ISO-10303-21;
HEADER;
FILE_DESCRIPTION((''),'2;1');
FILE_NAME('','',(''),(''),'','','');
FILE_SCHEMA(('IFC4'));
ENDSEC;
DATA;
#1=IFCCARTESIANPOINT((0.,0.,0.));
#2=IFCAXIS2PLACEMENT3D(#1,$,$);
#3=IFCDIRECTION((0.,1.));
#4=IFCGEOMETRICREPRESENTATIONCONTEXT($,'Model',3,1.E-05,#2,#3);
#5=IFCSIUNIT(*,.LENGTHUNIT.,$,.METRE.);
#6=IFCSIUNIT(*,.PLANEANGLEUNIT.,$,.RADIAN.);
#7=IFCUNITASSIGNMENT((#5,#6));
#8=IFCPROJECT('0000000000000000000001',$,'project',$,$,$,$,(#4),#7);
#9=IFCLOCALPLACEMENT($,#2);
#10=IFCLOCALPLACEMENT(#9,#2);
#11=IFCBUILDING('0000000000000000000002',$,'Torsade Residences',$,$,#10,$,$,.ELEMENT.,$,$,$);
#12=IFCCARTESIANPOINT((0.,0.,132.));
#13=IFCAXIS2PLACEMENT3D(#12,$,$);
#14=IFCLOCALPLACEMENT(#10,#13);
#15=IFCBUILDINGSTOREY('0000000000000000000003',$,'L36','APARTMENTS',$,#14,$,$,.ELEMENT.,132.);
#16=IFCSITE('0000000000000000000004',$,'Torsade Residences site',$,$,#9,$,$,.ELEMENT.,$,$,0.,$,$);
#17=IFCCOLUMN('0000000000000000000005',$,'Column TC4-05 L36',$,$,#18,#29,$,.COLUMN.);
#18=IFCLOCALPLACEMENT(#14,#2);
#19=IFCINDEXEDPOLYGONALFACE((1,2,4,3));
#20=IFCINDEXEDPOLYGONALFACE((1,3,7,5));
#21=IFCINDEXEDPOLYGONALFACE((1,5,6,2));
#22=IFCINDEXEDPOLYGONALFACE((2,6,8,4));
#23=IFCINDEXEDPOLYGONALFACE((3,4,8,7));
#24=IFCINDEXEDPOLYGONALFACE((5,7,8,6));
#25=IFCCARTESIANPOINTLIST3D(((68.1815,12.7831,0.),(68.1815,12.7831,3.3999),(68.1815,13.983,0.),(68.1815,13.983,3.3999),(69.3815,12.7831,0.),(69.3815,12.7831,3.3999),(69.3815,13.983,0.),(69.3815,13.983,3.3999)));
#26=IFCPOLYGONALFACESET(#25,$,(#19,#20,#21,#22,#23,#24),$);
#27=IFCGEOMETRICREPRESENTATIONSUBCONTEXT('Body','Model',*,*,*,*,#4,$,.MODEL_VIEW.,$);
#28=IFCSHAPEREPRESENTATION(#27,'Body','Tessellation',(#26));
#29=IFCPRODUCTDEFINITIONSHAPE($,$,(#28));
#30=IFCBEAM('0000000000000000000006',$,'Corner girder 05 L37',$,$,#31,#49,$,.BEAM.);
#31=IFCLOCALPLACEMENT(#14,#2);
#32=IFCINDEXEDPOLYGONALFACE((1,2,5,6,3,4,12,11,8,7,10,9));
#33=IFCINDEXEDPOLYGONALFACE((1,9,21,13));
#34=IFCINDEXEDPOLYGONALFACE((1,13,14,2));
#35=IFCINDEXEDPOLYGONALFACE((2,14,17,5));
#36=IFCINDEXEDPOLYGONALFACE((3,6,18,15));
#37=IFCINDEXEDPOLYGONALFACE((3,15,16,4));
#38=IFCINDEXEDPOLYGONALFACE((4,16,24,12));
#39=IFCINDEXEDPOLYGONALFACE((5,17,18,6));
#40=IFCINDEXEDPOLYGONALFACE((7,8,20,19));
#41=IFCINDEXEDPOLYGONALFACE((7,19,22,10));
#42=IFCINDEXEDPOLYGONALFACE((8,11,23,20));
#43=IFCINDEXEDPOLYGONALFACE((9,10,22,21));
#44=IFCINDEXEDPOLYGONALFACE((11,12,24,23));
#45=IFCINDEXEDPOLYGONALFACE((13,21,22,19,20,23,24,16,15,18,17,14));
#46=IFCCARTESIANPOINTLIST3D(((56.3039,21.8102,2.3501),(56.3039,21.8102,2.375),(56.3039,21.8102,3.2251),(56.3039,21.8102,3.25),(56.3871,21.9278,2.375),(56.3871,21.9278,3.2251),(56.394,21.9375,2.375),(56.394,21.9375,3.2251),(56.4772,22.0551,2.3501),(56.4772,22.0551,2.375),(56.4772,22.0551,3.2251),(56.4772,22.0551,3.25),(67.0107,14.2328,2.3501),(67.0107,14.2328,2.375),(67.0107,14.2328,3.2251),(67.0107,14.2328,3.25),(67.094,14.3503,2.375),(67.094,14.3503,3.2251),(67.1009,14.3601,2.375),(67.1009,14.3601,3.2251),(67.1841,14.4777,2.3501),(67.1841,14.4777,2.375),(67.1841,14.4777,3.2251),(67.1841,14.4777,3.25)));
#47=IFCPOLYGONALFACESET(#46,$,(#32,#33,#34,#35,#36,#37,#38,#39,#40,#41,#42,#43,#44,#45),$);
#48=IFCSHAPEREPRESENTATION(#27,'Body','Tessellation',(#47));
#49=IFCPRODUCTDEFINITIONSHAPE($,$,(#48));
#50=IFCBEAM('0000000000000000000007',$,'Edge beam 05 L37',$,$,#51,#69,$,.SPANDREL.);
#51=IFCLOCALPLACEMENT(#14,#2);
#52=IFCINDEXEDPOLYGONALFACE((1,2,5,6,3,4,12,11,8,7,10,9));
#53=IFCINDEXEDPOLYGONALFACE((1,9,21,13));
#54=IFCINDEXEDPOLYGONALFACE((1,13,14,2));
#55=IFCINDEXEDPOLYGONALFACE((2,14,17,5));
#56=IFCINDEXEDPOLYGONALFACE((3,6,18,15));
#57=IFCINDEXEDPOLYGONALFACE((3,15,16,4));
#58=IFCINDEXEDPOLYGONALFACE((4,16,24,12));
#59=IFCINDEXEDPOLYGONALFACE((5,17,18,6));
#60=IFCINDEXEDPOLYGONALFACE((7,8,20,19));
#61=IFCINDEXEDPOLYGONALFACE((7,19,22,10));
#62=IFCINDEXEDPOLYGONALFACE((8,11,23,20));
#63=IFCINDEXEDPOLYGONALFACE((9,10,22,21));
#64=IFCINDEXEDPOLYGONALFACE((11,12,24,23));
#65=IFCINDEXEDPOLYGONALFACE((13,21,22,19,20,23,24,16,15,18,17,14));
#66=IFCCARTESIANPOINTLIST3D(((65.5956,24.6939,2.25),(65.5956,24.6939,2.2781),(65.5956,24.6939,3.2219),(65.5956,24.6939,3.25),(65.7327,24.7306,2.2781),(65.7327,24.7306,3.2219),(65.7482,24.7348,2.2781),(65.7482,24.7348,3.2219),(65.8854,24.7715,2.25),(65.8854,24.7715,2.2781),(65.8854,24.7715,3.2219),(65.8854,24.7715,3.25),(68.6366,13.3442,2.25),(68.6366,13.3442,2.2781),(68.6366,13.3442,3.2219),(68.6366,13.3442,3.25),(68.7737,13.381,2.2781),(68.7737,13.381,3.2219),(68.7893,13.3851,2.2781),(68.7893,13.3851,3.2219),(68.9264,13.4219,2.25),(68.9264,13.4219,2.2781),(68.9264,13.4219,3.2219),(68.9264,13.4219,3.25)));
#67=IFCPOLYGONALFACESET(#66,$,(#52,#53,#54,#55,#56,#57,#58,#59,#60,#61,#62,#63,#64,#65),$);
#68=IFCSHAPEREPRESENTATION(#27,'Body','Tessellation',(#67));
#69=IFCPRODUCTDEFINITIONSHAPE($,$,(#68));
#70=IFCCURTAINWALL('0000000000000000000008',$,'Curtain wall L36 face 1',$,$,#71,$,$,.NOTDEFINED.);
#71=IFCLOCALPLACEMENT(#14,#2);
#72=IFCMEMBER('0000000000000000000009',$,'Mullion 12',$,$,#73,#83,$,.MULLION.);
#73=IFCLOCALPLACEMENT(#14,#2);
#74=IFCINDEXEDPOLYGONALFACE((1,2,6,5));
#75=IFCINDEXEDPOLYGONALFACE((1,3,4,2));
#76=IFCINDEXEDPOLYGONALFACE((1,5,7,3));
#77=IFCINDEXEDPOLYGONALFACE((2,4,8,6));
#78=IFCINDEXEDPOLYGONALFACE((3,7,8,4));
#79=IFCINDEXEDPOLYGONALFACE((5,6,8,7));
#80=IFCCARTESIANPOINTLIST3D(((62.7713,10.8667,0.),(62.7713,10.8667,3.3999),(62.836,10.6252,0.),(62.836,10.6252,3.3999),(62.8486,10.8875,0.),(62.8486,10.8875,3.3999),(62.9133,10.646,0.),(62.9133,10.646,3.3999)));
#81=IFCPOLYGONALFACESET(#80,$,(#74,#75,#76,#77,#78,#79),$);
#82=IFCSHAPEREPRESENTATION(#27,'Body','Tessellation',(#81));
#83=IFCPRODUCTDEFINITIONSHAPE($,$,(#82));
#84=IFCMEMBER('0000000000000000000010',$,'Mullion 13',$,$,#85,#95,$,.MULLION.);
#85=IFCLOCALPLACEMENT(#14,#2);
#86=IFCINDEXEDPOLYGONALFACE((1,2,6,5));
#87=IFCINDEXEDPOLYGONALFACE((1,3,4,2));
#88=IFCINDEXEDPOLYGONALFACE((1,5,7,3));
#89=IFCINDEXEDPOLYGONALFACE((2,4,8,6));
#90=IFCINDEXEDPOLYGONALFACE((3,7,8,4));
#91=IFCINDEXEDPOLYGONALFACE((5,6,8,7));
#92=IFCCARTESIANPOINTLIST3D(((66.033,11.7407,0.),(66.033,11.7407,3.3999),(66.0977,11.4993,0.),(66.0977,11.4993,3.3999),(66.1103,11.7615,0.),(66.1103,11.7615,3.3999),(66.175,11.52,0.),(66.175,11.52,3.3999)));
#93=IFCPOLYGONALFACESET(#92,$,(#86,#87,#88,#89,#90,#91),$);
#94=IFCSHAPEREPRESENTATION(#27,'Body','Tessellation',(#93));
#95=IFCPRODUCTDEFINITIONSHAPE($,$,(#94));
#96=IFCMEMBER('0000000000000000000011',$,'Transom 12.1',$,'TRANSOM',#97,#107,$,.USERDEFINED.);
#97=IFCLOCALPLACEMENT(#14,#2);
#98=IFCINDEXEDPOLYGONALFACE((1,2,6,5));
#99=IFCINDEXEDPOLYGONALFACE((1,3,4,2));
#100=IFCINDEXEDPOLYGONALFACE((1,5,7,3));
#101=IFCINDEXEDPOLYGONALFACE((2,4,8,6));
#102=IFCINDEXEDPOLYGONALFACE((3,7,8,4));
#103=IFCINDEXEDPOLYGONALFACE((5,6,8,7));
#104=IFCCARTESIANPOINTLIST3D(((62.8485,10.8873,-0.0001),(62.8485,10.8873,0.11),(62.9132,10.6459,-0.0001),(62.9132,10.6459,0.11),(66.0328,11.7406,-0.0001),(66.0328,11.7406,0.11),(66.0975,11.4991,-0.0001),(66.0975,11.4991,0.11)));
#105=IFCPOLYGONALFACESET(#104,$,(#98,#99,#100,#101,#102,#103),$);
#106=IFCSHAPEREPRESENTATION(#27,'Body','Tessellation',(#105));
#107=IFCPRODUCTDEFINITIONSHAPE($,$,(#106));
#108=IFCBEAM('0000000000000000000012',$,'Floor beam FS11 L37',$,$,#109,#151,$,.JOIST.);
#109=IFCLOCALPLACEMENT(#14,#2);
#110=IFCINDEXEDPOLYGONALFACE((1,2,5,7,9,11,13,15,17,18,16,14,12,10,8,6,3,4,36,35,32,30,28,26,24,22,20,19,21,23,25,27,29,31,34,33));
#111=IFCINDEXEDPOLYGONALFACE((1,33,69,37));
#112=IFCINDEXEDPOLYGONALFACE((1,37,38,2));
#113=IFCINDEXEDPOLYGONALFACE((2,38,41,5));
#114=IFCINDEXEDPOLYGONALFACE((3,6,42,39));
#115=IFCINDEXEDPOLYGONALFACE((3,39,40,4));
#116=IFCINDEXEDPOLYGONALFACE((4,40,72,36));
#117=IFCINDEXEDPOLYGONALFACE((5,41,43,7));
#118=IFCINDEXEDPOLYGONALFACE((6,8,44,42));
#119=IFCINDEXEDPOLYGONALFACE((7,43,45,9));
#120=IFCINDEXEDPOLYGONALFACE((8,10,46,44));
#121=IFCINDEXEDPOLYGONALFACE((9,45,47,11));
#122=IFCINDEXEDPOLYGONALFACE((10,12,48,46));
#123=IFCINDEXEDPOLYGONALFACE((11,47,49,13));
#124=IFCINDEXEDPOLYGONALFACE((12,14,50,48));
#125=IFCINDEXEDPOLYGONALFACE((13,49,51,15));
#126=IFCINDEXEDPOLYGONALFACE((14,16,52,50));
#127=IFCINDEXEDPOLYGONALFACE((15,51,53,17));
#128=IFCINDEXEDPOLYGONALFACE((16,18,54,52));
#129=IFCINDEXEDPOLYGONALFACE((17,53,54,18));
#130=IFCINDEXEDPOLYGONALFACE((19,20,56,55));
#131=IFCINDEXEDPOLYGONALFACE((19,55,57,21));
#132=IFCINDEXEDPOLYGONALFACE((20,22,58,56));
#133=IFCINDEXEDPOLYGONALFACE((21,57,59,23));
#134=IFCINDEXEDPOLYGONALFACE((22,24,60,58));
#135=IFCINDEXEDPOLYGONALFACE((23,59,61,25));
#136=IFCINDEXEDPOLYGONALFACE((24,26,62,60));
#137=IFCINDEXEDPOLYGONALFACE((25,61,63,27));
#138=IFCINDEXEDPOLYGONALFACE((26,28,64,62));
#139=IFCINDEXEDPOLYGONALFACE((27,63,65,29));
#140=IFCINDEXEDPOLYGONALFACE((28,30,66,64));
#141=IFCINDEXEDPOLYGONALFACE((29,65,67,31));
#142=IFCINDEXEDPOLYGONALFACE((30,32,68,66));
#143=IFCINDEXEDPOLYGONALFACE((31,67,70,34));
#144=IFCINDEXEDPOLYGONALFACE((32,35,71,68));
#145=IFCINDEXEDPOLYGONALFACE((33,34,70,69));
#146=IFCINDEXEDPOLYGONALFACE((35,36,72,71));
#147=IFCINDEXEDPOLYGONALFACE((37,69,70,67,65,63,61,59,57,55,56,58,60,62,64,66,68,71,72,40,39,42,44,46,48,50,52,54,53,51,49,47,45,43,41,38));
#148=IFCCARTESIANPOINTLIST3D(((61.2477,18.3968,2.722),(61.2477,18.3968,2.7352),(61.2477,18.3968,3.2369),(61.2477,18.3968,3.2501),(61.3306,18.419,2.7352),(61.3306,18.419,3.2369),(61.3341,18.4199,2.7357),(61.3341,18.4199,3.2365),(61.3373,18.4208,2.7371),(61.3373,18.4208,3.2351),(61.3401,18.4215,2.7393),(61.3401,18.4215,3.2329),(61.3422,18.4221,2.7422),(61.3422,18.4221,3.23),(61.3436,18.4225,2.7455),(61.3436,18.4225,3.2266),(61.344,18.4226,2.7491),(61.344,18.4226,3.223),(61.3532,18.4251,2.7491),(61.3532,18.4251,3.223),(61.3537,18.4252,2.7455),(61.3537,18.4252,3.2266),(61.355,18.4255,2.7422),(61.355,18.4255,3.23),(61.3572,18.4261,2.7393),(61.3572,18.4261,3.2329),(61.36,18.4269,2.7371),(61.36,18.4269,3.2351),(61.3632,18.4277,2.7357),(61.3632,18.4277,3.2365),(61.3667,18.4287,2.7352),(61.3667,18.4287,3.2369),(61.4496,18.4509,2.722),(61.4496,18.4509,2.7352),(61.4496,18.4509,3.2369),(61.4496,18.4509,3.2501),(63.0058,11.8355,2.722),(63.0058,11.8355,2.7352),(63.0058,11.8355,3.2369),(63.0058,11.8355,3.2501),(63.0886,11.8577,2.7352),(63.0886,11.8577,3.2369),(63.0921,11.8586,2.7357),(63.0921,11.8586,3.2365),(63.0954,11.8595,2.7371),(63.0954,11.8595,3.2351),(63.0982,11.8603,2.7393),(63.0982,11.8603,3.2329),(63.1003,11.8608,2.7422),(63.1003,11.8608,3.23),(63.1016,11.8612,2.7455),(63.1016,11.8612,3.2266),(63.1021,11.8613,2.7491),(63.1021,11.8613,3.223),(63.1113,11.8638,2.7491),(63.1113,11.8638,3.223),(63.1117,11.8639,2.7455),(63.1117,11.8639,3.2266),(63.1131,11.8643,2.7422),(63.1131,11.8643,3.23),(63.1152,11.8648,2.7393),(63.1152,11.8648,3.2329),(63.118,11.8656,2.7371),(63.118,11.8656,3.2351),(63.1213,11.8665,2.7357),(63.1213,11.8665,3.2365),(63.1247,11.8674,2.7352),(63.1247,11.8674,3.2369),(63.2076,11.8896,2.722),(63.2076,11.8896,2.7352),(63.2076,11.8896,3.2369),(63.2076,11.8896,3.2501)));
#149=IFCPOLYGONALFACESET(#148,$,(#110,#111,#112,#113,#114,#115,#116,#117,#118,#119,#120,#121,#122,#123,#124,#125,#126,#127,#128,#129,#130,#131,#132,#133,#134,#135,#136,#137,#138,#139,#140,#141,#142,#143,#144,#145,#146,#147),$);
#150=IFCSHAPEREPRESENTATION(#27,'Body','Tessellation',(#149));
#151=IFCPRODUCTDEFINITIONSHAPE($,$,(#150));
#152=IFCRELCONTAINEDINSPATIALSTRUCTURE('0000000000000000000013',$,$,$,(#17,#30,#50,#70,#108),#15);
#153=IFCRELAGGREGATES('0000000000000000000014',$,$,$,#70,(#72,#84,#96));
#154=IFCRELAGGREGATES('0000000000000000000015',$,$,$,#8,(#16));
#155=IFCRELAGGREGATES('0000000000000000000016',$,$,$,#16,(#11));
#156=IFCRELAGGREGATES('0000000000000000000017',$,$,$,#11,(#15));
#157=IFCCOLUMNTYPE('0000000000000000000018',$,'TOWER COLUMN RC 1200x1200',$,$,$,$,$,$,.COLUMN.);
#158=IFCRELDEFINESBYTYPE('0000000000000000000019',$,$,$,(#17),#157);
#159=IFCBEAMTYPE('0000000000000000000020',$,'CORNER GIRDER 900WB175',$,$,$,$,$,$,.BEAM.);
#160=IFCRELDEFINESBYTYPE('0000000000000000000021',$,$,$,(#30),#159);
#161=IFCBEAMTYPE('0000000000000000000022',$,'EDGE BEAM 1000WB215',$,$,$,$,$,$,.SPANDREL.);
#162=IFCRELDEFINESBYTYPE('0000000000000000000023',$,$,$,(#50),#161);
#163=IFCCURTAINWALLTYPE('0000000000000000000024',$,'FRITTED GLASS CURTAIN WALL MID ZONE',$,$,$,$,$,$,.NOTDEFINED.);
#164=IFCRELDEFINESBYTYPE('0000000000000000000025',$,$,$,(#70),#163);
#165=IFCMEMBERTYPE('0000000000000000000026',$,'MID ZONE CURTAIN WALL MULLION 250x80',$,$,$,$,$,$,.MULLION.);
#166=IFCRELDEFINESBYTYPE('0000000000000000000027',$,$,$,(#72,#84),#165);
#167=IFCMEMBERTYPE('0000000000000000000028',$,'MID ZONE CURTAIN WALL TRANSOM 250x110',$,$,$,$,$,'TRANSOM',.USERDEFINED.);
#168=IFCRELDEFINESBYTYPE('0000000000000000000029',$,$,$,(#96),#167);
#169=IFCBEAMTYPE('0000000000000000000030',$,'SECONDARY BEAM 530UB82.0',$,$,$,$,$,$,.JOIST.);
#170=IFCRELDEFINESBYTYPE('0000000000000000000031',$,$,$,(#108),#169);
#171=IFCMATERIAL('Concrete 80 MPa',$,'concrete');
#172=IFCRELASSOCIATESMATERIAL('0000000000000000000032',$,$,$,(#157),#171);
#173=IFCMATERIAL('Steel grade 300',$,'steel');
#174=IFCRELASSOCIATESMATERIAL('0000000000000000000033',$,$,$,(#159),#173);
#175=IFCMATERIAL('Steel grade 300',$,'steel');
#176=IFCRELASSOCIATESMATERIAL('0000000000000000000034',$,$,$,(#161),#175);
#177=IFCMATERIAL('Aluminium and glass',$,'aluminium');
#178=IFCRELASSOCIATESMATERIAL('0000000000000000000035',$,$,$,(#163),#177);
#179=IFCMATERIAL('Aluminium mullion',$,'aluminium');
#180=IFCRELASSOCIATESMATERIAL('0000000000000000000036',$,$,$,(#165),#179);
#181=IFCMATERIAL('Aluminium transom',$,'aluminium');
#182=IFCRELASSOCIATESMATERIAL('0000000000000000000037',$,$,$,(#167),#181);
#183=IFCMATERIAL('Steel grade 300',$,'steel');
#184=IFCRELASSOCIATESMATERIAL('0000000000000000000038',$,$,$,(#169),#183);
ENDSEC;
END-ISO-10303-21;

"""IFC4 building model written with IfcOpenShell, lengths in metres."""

from ifc_helpers import new_model, si_unit, direction, frame, origin, origin_2d, place, context, subcontext, project, spatial, rectangle, i_section, extrude, material, material_profile, profile_set, type_object, element, aggregate, save


model = new_model("IFC4")

# Units and contexts
model_context = context("Model", 3, precision=1e-05, world=origin(), true_north=direction((0.0, 1.0)))
body_context = subcontext(model_context, "Body", "Model", "MODEL_VIEW")
ifc_project = project(units=[si_unit("LENGTHUNIT", "METRE"), si_unit("PLANEANGLEUNIT", "RADIAN")], contexts=[model_context])

# Site, building, storey
site_placement = place(None, origin())
site = spatial("IfcSite", under=ifc_project, at=site_placement, Name="Torsade Residences site", CompositionType="ELEMENT", RefElevation=0.0)
building_placement = place(site_placement, origin())
building = spatial("IfcBuilding", under=site, at=building_placement, Name="Torsade Residences", CompositionType="ELEMENT")
storey_placement = place(building_placement, frame((0.0, 0.0, 132.0)))
storey = spatial("IfcBuildingStorey", under=building, at=storey_placement, Name="L36", Description="APARTMENTS", CompositionType="ELEMENT", Elevation=132.0)

# Column
ifc_material_1 = material(Name="Concrete 80 MPa", Category="concrete")
ifc_material_profile_1 = material_profile(ifc_material_1, rectangle(XDim=1.2, YDim=1.2, at=origin_2d()), Name="RC 1200x1200")
ifc_profile_set_1 = profile_set([ifc_material_profile_1], Name="Concrete 80 MPa")
column_type = type_object("IfcColumnType", Name="TOWER COLUMN RC 1200x1200", PredefinedType="COLUMN", material=ifc_profile_set_1)
column_placement = place(storey_placement, frame((68.7815, 13.3831, 0.0), z_axis=(0.0, 0.0, 1.0), x_axis=(1.0, 0.0, 0.0)))
element("IfcColumn", 1, at=column_placement, inside=storey, type_object=column_type, Name="Column TC4-05 L36", PredefinedType="COLUMN", context=body_context, shape_type="SweptSolid", body=[
    extrude(rectangle(XDim=1.2, YDim=1.2, at=origin_2d()), origin(), (0.0, 0.0, 1.0), 3.3999),
])

# Beams
ifc_material_2 = material(Name="Steel grade 300", Category="steel")
ifc_material_profile_2 = material_profile(ifc_material_2, i_section(OverallWidth=0.3, OverallDepth=0.8999, WebThickness=0.012, FlangeThickness=0.0249, at=origin_2d()), Name="900WB175")
ifc_profile_set_2 = profile_set([ifc_material_profile_2], Name="Steel grade 300")
beam_type_1 = type_object("IfcBeamType", Name="CORNER GIRDER 900WB175", PredefinedType="BEAM", material=ifc_profile_set_2)
beam_1_placement = place(storey_placement, frame((67.0974, 14.3552, 2.8), z_axis=(-0.816261, 0.577683, 0.0), x_axis=(-0.577683, -0.816261, 0.0)))
element("IfcBeam", 2, at=beam_1_placement, inside=storey, type_object=beam_type_1, Name="Corner girder 05 L37", PredefinedType="BEAM", context=body_context, shape_type="SweptSolid", body=[
    extrude(i_section(OverallWidth=0.3, OverallDepth=0.8999, WebThickness=0.012, FlangeThickness=0.0249, at=origin_2d()), origin(), (0.0, 0.0, 1.0), 13.1169),
])
ifc_material_3 = material(Name="Steel grade 300", Category="steel")
ifc_material_profile_3 = material_profile(ifc_material_3, i_section(OverallWidth=0.3, OverallDepth=1.0, WebThickness=0.0161, FlangeThickness=0.0281, at=origin_2d()), Name="1000WB215")
ifc_profile_set_3 = profile_set([ifc_material_profile_3], Name="Steel grade 300")
beam_type_2 = type_object("IfcBeamType", Name="EDGE BEAM 1000WB215", PredefinedType="SPANDREL", material=ifc_profile_set_3)
beam_2_placement = place(storey_placement, frame((68.7815, 13.3831, 2.75), z_axis=(-0.258811, 0.965928, 0.0), x_axis=(-0.965928, -0.258811, 0.0)))
element("IfcBeam", 3, at=beam_2_placement, inside=storey, type_object=beam_type_2, Name="Edge beam 05 L37", PredefinedType="SPANDREL", context=body_context, shape_type="SweptSolid", body=[
    extrude(i_section(OverallWidth=0.3, OverallDepth=1.0, WebThickness=0.0161, FlangeThickness=0.0281, at=origin_2d()), origin(), (0.0, 0.0, 1.0), 11.75),
])

# Curtain wall, members
ifc_material_4 = material(Name="Aluminium and glass", Category="aluminium")
curtain_wall_type = type_object("IfcCurtainWallType", Name="FRITTED GLASS CURTAIN WALL MID ZONE", PredefinedType="NOTDEFINED", material=ifc_material_4)
curtain_wall_placement = place(storey_placement, origin())
curtain_wall = element("IfcCurtainWall", 4, at=curtain_wall_placement, inside=storey, type_object=curtain_wall_type, Name="Curtain wall L36 face 1", PredefinedType="NOTDEFINED")
ifc_material_5 = material(Name="Aluminium mullion", Category="aluminium")
ifc_material_profile_4 = material_profile(ifc_material_5, rectangle(XDim=0.25, YDim=0.0801, at=origin_2d()), Name="MID ZONE CURTAIN WALL MULLION 250x80")
ifc_profile_set_4 = profile_set([ifc_material_profile_4], Name="Aluminium mullion")
member_type_1 = type_object("IfcMemberType", Name="MID ZONE CURTAIN WALL MULLION 250x80", PredefinedType="MULLION", material=ifc_profile_set_4)
member_1_placement = place(storey_placement, frame((62.8423, 10.7563, 0.0), z_axis=(0.0, 0.0, 1.0), x_axis=(-0.258819, 0.965926, 0.0)))
member_1 = element("IfcMember", 5, at=member_1_placement, type_object=member_type_1, Name="Mullion 12", PredefinedType="MULLION", context=body_context, shape_type="SweptSolid", body=[
    extrude(rectangle(XDim=0.25, YDim=0.0801, at=origin_2d()), origin(), (0.0, 0.0, 1.0), 3.3999),
])
member_2_placement = place(storey_placement, frame((66.104, 11.6304, 0.0), z_axis=(0.0, 0.0, 1.0), x_axis=(-0.258819, 0.965926, 0.0)))
member_2 = element("IfcMember", 6, at=member_2_placement, type_object=member_type_1, Name="Mullion 13", PredefinedType="MULLION", context=body_context, shape_type="SweptSolid", body=[
    extrude(rectangle(XDim=0.25, YDim=0.0801, at=origin_2d()), origin(), (0.0, 0.0, 1.0), 3.3999),
])
ifc_material_6 = material(Name="Aluminium transom", Category="aluminium")
ifc_material_profile_5 = material_profile(ifc_material_6, rectangle(XDim=0.25, YDim=0.1101, at=origin_2d()), Name="MID ZONE CURTAIN WALL TRANSOM 250x110")
ifc_profile_set_5 = profile_set([ifc_material_profile_5], Name="Aluminium transom")
member_type_2 = type_object("IfcMemberType", Name="MID ZONE CURTAIN WALL TRANSOM 250x110", ElementType="TRANSOM", PredefinedType="USERDEFINED", material=ifc_profile_set_5)
member_3_placement = place(storey_placement, frame((62.8809, 10.7666, 0.0549), z_axis=(0.965923, 0.258829, 0.0), x_axis=(-0.258829, 0.965923, 0.0)))
member_3 = element("IfcMember", 7, at=member_3_placement, type_object=member_type_2, Name="Transom 12.1", ObjectType="TRANSOM", PredefinedType="USERDEFINED", context=body_context, shape_type="SweptSolid", body=[
    extrude(rectangle(XDim=0.25, YDim=0.1101, at=origin_2d()), origin(), (0.0, 0.0, 1.0), 3.2966),
])

# Beam
ifc_material_7 = material(Name="Steel grade 300", Category="steel")
ifc_material_profile_6 = material_profile(ifc_material_7, i_section(OverallWidth=0.209, OverallDepth=0.5281, WebThickness=0.0095, FlangeThickness=0.0132, FilletRadius=0.0139, at=origin_2d()), Name="530UB82.0")
ifc_profile_set_6 = profile_set([ifc_material_profile_6], Name="Steel grade 300")
beam_type_3 = type_object("IfcBeamType", Name="SECONDARY BEAM 530UB82.0", PredefinedType="JOIST", material=ifc_profile_set_6)
beam_3_placement = place(storey_placement, frame((63.1067, 11.8625, 2.9861), z_axis=(-0.258815, 0.965927, 0.0), x_axis=(-0.965927, -0.258815, 0.0)))
element("IfcBeam", 8, at=beam_3_placement, inside=storey, type_object=beam_type_3, Name="Floor beam FS11 L37", PredefinedType="JOIST", context=body_context, shape_type="SweptSolid", body=[
    extrude(i_section(OverallWidth=0.209, OverallDepth=0.5281, WebThickness=0.0095, FlangeThickness=0.0132, FilletRadius=0.0139, at=origin_2d()), origin(), (0.0, 0.0, 1.0), 6.7927),
])

aggregate(curtain_wall, [member_1, member_2, member_3])

save(model, "model.ifc")
